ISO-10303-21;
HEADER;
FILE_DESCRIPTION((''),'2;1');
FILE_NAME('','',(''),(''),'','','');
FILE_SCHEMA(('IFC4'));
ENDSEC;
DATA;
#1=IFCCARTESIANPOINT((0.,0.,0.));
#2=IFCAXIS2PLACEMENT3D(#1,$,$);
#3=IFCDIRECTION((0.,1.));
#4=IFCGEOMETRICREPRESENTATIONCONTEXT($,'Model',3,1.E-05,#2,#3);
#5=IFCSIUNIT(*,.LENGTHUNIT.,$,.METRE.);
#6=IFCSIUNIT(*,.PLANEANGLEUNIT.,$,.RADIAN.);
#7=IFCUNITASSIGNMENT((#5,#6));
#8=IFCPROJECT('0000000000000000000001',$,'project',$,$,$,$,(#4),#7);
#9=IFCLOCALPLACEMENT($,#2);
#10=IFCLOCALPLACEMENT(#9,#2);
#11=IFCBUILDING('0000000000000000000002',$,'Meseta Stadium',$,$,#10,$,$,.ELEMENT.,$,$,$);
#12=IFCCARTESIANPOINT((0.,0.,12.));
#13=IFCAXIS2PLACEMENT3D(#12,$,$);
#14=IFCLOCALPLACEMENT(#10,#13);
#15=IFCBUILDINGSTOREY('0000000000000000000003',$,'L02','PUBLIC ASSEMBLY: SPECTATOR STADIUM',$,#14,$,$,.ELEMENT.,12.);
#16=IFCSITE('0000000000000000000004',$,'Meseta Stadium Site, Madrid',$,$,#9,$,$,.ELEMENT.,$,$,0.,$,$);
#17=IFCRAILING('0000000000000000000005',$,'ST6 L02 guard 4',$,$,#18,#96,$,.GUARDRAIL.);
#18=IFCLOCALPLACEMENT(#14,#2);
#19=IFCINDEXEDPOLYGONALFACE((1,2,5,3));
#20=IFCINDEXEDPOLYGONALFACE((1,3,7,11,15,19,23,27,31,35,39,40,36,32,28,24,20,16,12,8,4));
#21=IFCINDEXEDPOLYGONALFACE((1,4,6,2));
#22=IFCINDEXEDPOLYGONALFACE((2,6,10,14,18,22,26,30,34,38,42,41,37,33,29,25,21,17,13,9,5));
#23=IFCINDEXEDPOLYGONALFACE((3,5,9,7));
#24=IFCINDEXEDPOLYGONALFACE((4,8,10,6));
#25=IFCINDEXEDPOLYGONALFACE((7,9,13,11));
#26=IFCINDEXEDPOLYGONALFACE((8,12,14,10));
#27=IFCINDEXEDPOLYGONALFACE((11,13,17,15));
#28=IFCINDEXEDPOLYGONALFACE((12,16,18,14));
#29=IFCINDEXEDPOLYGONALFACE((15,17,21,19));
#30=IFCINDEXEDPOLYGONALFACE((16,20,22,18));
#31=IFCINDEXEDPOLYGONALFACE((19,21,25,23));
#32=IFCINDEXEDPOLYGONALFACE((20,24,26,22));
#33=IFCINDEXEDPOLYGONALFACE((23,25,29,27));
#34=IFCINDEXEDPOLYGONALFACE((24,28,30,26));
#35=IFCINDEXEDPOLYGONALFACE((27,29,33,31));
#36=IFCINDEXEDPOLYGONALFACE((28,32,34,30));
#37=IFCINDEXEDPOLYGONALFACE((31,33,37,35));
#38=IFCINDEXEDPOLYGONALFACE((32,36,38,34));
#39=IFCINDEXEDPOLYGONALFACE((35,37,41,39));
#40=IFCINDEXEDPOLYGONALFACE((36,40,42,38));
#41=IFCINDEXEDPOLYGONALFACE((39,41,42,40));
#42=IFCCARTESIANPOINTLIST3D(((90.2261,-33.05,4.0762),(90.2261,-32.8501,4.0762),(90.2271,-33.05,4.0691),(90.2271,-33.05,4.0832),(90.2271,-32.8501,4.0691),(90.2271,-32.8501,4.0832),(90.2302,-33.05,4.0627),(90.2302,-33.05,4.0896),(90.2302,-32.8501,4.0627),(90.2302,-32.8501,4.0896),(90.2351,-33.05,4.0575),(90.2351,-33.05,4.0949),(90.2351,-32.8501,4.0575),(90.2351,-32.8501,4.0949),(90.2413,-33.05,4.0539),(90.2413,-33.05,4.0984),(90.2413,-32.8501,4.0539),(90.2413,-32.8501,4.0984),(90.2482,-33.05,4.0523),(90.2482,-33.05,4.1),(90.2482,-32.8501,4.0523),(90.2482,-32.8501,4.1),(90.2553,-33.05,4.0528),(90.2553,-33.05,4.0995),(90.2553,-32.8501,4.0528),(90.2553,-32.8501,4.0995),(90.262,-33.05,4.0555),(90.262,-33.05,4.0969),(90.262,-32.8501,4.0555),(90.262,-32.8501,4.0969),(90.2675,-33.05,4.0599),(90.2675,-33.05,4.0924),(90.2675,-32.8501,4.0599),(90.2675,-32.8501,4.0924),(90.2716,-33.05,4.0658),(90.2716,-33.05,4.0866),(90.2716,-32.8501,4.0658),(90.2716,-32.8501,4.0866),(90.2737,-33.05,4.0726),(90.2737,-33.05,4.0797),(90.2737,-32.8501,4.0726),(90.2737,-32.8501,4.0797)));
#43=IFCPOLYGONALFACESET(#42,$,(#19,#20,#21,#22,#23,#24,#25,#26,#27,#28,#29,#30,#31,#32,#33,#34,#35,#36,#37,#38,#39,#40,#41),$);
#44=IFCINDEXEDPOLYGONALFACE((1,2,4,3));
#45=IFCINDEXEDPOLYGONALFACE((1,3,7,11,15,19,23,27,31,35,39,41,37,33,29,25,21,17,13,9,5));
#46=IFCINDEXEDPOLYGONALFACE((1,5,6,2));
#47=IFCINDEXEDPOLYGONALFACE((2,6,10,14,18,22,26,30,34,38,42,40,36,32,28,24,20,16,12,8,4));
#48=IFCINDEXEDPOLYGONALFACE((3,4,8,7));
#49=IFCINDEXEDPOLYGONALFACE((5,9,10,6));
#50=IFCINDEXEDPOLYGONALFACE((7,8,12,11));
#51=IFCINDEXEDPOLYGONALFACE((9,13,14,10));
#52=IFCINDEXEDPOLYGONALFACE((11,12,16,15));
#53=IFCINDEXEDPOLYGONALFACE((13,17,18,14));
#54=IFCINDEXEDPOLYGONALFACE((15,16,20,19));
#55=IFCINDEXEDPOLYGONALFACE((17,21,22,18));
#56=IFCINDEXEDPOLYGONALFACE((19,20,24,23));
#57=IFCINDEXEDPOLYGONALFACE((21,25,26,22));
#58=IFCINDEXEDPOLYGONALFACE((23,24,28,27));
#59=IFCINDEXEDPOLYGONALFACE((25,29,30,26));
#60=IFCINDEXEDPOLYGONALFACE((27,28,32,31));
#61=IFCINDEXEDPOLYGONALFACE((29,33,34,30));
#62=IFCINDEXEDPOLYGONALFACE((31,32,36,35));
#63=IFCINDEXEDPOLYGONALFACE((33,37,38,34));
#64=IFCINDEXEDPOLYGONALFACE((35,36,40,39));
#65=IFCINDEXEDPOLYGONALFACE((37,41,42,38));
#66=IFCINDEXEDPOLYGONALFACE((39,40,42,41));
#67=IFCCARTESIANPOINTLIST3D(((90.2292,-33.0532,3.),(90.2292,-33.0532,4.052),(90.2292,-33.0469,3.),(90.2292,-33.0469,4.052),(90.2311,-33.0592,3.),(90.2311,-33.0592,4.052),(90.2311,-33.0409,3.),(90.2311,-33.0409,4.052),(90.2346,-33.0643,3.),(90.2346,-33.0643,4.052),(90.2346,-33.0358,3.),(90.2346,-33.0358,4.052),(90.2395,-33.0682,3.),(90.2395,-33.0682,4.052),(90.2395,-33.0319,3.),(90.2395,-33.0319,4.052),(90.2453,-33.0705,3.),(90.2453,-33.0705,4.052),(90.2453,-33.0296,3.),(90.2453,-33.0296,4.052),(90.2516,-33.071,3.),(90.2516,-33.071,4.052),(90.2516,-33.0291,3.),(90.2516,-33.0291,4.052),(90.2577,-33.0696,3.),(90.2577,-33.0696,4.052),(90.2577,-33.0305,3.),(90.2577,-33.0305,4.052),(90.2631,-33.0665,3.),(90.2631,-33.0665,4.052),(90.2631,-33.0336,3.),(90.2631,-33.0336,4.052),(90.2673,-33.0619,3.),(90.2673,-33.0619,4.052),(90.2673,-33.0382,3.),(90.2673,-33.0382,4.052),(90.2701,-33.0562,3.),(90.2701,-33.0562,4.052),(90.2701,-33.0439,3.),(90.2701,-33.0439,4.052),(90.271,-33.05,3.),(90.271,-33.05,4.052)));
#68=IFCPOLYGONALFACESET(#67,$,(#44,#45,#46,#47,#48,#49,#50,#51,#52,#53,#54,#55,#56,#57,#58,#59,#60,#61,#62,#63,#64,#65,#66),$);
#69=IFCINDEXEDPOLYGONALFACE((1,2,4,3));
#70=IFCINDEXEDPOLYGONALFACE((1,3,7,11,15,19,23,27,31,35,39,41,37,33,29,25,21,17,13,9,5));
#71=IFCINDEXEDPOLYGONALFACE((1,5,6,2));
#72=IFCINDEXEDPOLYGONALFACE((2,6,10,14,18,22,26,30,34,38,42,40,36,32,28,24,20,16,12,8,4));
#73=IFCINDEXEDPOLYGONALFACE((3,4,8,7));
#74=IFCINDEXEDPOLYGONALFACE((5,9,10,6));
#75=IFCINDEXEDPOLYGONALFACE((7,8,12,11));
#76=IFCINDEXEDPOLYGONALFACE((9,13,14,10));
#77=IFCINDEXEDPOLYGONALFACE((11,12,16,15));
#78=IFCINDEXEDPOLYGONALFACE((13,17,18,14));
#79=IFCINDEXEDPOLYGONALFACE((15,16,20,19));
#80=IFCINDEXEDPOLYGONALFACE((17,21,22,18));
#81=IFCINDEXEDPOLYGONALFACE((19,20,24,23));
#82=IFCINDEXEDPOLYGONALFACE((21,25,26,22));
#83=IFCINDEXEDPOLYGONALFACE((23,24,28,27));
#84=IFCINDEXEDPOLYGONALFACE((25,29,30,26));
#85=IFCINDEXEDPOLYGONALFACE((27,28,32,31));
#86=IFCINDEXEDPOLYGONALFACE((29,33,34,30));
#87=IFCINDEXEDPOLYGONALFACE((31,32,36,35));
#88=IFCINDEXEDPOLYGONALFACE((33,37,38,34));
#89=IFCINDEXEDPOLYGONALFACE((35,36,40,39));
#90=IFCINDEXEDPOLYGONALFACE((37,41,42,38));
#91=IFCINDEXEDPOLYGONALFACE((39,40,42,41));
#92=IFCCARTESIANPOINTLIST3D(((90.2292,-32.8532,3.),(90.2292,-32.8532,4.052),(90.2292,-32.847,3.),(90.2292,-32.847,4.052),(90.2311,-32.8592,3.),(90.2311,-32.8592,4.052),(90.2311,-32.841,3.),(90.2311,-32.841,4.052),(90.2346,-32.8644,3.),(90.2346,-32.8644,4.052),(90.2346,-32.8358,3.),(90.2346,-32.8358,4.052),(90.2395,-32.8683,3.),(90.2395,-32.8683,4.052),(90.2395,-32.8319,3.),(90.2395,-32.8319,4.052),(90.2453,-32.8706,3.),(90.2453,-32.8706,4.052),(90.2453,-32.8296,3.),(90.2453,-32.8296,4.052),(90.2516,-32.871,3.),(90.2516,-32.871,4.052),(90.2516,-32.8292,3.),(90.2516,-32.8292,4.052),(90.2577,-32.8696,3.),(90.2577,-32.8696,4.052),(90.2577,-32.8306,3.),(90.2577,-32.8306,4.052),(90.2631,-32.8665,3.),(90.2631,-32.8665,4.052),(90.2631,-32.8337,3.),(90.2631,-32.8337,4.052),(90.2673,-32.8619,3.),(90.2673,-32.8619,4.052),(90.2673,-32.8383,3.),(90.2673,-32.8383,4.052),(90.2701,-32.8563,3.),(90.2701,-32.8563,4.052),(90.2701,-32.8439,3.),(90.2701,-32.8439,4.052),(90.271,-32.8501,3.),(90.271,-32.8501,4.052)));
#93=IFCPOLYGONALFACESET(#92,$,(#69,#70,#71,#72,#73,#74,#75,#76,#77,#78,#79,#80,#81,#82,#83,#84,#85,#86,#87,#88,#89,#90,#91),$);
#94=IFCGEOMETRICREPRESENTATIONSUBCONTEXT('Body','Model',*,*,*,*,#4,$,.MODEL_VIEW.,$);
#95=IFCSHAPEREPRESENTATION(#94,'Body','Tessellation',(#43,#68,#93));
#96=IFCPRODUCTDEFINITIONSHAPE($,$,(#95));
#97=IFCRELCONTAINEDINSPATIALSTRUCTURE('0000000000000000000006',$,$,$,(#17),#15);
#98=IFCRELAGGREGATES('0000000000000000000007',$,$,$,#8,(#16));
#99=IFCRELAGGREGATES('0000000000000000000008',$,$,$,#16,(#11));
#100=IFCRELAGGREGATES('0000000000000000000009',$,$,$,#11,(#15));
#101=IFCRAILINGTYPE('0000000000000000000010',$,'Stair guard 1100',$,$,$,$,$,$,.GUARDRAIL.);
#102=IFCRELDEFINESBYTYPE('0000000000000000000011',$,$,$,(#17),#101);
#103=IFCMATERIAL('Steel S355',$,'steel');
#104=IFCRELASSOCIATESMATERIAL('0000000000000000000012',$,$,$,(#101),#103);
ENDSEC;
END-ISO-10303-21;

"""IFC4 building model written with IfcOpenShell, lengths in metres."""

from ifc_helpers import new_model, si_unit, direction, frame, origin, origin_2d, place, context, subcontext, project, spatial, circle, extrude, material, type_object, element, save


model = new_model("IFC4")

# Units and contexts
model_context = context("Model", 3, precision=1e-05, world=origin(), true_north=direction((0.0, 1.0)))
body_context = subcontext(model_context, "Body", "Model", "MODEL_VIEW")
ifc_project = project(units=[si_unit("LENGTHUNIT", "METRE"), si_unit("PLANEANGLEUNIT", "RADIAN")], contexts=[model_context])

# Site, building, storey
site_placement = place(None, origin())
site = spatial("IfcSite", under=ifc_project, at=site_placement, Name="Meseta Stadium Site, Madrid", CompositionType="ELEMENT", RefElevation=0.0)
building_placement = place(site_placement, origin())
building = spatial("IfcBuilding", under=site, at=building_placement, Name="Meseta Stadium", CompositionType="ELEMENT")
storey_placement = place(building_placement, frame((0.0, 0.0, 12.0)))
storey = spatial("IfcBuildingStorey", under=building, at=storey_placement, Name="L02", Description="PUBLIC ASSEMBLY: SPECTATOR STADIUM", CompositionType="ELEMENT", Elevation=12.0)

# Railing
ifc_material_1 = material(Name="Steel S355", Category="steel")
railing_type_1 = type_object("IfcRailingType", Name="Stair guard 1100", PredefinedType="GUARDRAIL", material=ifc_material_1)
railing_1_placement = place(storey_placement, frame((90.25, -33.05, 3.0)))
element("IfcRailing", 1, at=railing_1_placement, inside=storey, type_object=railing_type_1, Name="ST6 L02 guard 4", PredefinedType="GUARDRAIL", context=body_context, shape_type="SweptSolid", body=[
    extrude(circle(Radius=0.0239, at=origin_2d()), frame((0.0, 0.0, 1.0762), z_axis=(0.0, 1.0, 0.0), x_axis=(-1.0, 0.0, 0.0)), (0.0, 0.0, 1.0), 0.2),
    extrude(circle(Radius=0.021, at=origin_2d()), origin(), (0.0, 0.0, 1.0), 1.052),
    extrude(circle(Radius=0.021, at=origin_2d()), frame((0.0, 0.2, 0.0)), (0.0, 0.0, 1.0), 1.052),
])

save(model, "model.ifc")
